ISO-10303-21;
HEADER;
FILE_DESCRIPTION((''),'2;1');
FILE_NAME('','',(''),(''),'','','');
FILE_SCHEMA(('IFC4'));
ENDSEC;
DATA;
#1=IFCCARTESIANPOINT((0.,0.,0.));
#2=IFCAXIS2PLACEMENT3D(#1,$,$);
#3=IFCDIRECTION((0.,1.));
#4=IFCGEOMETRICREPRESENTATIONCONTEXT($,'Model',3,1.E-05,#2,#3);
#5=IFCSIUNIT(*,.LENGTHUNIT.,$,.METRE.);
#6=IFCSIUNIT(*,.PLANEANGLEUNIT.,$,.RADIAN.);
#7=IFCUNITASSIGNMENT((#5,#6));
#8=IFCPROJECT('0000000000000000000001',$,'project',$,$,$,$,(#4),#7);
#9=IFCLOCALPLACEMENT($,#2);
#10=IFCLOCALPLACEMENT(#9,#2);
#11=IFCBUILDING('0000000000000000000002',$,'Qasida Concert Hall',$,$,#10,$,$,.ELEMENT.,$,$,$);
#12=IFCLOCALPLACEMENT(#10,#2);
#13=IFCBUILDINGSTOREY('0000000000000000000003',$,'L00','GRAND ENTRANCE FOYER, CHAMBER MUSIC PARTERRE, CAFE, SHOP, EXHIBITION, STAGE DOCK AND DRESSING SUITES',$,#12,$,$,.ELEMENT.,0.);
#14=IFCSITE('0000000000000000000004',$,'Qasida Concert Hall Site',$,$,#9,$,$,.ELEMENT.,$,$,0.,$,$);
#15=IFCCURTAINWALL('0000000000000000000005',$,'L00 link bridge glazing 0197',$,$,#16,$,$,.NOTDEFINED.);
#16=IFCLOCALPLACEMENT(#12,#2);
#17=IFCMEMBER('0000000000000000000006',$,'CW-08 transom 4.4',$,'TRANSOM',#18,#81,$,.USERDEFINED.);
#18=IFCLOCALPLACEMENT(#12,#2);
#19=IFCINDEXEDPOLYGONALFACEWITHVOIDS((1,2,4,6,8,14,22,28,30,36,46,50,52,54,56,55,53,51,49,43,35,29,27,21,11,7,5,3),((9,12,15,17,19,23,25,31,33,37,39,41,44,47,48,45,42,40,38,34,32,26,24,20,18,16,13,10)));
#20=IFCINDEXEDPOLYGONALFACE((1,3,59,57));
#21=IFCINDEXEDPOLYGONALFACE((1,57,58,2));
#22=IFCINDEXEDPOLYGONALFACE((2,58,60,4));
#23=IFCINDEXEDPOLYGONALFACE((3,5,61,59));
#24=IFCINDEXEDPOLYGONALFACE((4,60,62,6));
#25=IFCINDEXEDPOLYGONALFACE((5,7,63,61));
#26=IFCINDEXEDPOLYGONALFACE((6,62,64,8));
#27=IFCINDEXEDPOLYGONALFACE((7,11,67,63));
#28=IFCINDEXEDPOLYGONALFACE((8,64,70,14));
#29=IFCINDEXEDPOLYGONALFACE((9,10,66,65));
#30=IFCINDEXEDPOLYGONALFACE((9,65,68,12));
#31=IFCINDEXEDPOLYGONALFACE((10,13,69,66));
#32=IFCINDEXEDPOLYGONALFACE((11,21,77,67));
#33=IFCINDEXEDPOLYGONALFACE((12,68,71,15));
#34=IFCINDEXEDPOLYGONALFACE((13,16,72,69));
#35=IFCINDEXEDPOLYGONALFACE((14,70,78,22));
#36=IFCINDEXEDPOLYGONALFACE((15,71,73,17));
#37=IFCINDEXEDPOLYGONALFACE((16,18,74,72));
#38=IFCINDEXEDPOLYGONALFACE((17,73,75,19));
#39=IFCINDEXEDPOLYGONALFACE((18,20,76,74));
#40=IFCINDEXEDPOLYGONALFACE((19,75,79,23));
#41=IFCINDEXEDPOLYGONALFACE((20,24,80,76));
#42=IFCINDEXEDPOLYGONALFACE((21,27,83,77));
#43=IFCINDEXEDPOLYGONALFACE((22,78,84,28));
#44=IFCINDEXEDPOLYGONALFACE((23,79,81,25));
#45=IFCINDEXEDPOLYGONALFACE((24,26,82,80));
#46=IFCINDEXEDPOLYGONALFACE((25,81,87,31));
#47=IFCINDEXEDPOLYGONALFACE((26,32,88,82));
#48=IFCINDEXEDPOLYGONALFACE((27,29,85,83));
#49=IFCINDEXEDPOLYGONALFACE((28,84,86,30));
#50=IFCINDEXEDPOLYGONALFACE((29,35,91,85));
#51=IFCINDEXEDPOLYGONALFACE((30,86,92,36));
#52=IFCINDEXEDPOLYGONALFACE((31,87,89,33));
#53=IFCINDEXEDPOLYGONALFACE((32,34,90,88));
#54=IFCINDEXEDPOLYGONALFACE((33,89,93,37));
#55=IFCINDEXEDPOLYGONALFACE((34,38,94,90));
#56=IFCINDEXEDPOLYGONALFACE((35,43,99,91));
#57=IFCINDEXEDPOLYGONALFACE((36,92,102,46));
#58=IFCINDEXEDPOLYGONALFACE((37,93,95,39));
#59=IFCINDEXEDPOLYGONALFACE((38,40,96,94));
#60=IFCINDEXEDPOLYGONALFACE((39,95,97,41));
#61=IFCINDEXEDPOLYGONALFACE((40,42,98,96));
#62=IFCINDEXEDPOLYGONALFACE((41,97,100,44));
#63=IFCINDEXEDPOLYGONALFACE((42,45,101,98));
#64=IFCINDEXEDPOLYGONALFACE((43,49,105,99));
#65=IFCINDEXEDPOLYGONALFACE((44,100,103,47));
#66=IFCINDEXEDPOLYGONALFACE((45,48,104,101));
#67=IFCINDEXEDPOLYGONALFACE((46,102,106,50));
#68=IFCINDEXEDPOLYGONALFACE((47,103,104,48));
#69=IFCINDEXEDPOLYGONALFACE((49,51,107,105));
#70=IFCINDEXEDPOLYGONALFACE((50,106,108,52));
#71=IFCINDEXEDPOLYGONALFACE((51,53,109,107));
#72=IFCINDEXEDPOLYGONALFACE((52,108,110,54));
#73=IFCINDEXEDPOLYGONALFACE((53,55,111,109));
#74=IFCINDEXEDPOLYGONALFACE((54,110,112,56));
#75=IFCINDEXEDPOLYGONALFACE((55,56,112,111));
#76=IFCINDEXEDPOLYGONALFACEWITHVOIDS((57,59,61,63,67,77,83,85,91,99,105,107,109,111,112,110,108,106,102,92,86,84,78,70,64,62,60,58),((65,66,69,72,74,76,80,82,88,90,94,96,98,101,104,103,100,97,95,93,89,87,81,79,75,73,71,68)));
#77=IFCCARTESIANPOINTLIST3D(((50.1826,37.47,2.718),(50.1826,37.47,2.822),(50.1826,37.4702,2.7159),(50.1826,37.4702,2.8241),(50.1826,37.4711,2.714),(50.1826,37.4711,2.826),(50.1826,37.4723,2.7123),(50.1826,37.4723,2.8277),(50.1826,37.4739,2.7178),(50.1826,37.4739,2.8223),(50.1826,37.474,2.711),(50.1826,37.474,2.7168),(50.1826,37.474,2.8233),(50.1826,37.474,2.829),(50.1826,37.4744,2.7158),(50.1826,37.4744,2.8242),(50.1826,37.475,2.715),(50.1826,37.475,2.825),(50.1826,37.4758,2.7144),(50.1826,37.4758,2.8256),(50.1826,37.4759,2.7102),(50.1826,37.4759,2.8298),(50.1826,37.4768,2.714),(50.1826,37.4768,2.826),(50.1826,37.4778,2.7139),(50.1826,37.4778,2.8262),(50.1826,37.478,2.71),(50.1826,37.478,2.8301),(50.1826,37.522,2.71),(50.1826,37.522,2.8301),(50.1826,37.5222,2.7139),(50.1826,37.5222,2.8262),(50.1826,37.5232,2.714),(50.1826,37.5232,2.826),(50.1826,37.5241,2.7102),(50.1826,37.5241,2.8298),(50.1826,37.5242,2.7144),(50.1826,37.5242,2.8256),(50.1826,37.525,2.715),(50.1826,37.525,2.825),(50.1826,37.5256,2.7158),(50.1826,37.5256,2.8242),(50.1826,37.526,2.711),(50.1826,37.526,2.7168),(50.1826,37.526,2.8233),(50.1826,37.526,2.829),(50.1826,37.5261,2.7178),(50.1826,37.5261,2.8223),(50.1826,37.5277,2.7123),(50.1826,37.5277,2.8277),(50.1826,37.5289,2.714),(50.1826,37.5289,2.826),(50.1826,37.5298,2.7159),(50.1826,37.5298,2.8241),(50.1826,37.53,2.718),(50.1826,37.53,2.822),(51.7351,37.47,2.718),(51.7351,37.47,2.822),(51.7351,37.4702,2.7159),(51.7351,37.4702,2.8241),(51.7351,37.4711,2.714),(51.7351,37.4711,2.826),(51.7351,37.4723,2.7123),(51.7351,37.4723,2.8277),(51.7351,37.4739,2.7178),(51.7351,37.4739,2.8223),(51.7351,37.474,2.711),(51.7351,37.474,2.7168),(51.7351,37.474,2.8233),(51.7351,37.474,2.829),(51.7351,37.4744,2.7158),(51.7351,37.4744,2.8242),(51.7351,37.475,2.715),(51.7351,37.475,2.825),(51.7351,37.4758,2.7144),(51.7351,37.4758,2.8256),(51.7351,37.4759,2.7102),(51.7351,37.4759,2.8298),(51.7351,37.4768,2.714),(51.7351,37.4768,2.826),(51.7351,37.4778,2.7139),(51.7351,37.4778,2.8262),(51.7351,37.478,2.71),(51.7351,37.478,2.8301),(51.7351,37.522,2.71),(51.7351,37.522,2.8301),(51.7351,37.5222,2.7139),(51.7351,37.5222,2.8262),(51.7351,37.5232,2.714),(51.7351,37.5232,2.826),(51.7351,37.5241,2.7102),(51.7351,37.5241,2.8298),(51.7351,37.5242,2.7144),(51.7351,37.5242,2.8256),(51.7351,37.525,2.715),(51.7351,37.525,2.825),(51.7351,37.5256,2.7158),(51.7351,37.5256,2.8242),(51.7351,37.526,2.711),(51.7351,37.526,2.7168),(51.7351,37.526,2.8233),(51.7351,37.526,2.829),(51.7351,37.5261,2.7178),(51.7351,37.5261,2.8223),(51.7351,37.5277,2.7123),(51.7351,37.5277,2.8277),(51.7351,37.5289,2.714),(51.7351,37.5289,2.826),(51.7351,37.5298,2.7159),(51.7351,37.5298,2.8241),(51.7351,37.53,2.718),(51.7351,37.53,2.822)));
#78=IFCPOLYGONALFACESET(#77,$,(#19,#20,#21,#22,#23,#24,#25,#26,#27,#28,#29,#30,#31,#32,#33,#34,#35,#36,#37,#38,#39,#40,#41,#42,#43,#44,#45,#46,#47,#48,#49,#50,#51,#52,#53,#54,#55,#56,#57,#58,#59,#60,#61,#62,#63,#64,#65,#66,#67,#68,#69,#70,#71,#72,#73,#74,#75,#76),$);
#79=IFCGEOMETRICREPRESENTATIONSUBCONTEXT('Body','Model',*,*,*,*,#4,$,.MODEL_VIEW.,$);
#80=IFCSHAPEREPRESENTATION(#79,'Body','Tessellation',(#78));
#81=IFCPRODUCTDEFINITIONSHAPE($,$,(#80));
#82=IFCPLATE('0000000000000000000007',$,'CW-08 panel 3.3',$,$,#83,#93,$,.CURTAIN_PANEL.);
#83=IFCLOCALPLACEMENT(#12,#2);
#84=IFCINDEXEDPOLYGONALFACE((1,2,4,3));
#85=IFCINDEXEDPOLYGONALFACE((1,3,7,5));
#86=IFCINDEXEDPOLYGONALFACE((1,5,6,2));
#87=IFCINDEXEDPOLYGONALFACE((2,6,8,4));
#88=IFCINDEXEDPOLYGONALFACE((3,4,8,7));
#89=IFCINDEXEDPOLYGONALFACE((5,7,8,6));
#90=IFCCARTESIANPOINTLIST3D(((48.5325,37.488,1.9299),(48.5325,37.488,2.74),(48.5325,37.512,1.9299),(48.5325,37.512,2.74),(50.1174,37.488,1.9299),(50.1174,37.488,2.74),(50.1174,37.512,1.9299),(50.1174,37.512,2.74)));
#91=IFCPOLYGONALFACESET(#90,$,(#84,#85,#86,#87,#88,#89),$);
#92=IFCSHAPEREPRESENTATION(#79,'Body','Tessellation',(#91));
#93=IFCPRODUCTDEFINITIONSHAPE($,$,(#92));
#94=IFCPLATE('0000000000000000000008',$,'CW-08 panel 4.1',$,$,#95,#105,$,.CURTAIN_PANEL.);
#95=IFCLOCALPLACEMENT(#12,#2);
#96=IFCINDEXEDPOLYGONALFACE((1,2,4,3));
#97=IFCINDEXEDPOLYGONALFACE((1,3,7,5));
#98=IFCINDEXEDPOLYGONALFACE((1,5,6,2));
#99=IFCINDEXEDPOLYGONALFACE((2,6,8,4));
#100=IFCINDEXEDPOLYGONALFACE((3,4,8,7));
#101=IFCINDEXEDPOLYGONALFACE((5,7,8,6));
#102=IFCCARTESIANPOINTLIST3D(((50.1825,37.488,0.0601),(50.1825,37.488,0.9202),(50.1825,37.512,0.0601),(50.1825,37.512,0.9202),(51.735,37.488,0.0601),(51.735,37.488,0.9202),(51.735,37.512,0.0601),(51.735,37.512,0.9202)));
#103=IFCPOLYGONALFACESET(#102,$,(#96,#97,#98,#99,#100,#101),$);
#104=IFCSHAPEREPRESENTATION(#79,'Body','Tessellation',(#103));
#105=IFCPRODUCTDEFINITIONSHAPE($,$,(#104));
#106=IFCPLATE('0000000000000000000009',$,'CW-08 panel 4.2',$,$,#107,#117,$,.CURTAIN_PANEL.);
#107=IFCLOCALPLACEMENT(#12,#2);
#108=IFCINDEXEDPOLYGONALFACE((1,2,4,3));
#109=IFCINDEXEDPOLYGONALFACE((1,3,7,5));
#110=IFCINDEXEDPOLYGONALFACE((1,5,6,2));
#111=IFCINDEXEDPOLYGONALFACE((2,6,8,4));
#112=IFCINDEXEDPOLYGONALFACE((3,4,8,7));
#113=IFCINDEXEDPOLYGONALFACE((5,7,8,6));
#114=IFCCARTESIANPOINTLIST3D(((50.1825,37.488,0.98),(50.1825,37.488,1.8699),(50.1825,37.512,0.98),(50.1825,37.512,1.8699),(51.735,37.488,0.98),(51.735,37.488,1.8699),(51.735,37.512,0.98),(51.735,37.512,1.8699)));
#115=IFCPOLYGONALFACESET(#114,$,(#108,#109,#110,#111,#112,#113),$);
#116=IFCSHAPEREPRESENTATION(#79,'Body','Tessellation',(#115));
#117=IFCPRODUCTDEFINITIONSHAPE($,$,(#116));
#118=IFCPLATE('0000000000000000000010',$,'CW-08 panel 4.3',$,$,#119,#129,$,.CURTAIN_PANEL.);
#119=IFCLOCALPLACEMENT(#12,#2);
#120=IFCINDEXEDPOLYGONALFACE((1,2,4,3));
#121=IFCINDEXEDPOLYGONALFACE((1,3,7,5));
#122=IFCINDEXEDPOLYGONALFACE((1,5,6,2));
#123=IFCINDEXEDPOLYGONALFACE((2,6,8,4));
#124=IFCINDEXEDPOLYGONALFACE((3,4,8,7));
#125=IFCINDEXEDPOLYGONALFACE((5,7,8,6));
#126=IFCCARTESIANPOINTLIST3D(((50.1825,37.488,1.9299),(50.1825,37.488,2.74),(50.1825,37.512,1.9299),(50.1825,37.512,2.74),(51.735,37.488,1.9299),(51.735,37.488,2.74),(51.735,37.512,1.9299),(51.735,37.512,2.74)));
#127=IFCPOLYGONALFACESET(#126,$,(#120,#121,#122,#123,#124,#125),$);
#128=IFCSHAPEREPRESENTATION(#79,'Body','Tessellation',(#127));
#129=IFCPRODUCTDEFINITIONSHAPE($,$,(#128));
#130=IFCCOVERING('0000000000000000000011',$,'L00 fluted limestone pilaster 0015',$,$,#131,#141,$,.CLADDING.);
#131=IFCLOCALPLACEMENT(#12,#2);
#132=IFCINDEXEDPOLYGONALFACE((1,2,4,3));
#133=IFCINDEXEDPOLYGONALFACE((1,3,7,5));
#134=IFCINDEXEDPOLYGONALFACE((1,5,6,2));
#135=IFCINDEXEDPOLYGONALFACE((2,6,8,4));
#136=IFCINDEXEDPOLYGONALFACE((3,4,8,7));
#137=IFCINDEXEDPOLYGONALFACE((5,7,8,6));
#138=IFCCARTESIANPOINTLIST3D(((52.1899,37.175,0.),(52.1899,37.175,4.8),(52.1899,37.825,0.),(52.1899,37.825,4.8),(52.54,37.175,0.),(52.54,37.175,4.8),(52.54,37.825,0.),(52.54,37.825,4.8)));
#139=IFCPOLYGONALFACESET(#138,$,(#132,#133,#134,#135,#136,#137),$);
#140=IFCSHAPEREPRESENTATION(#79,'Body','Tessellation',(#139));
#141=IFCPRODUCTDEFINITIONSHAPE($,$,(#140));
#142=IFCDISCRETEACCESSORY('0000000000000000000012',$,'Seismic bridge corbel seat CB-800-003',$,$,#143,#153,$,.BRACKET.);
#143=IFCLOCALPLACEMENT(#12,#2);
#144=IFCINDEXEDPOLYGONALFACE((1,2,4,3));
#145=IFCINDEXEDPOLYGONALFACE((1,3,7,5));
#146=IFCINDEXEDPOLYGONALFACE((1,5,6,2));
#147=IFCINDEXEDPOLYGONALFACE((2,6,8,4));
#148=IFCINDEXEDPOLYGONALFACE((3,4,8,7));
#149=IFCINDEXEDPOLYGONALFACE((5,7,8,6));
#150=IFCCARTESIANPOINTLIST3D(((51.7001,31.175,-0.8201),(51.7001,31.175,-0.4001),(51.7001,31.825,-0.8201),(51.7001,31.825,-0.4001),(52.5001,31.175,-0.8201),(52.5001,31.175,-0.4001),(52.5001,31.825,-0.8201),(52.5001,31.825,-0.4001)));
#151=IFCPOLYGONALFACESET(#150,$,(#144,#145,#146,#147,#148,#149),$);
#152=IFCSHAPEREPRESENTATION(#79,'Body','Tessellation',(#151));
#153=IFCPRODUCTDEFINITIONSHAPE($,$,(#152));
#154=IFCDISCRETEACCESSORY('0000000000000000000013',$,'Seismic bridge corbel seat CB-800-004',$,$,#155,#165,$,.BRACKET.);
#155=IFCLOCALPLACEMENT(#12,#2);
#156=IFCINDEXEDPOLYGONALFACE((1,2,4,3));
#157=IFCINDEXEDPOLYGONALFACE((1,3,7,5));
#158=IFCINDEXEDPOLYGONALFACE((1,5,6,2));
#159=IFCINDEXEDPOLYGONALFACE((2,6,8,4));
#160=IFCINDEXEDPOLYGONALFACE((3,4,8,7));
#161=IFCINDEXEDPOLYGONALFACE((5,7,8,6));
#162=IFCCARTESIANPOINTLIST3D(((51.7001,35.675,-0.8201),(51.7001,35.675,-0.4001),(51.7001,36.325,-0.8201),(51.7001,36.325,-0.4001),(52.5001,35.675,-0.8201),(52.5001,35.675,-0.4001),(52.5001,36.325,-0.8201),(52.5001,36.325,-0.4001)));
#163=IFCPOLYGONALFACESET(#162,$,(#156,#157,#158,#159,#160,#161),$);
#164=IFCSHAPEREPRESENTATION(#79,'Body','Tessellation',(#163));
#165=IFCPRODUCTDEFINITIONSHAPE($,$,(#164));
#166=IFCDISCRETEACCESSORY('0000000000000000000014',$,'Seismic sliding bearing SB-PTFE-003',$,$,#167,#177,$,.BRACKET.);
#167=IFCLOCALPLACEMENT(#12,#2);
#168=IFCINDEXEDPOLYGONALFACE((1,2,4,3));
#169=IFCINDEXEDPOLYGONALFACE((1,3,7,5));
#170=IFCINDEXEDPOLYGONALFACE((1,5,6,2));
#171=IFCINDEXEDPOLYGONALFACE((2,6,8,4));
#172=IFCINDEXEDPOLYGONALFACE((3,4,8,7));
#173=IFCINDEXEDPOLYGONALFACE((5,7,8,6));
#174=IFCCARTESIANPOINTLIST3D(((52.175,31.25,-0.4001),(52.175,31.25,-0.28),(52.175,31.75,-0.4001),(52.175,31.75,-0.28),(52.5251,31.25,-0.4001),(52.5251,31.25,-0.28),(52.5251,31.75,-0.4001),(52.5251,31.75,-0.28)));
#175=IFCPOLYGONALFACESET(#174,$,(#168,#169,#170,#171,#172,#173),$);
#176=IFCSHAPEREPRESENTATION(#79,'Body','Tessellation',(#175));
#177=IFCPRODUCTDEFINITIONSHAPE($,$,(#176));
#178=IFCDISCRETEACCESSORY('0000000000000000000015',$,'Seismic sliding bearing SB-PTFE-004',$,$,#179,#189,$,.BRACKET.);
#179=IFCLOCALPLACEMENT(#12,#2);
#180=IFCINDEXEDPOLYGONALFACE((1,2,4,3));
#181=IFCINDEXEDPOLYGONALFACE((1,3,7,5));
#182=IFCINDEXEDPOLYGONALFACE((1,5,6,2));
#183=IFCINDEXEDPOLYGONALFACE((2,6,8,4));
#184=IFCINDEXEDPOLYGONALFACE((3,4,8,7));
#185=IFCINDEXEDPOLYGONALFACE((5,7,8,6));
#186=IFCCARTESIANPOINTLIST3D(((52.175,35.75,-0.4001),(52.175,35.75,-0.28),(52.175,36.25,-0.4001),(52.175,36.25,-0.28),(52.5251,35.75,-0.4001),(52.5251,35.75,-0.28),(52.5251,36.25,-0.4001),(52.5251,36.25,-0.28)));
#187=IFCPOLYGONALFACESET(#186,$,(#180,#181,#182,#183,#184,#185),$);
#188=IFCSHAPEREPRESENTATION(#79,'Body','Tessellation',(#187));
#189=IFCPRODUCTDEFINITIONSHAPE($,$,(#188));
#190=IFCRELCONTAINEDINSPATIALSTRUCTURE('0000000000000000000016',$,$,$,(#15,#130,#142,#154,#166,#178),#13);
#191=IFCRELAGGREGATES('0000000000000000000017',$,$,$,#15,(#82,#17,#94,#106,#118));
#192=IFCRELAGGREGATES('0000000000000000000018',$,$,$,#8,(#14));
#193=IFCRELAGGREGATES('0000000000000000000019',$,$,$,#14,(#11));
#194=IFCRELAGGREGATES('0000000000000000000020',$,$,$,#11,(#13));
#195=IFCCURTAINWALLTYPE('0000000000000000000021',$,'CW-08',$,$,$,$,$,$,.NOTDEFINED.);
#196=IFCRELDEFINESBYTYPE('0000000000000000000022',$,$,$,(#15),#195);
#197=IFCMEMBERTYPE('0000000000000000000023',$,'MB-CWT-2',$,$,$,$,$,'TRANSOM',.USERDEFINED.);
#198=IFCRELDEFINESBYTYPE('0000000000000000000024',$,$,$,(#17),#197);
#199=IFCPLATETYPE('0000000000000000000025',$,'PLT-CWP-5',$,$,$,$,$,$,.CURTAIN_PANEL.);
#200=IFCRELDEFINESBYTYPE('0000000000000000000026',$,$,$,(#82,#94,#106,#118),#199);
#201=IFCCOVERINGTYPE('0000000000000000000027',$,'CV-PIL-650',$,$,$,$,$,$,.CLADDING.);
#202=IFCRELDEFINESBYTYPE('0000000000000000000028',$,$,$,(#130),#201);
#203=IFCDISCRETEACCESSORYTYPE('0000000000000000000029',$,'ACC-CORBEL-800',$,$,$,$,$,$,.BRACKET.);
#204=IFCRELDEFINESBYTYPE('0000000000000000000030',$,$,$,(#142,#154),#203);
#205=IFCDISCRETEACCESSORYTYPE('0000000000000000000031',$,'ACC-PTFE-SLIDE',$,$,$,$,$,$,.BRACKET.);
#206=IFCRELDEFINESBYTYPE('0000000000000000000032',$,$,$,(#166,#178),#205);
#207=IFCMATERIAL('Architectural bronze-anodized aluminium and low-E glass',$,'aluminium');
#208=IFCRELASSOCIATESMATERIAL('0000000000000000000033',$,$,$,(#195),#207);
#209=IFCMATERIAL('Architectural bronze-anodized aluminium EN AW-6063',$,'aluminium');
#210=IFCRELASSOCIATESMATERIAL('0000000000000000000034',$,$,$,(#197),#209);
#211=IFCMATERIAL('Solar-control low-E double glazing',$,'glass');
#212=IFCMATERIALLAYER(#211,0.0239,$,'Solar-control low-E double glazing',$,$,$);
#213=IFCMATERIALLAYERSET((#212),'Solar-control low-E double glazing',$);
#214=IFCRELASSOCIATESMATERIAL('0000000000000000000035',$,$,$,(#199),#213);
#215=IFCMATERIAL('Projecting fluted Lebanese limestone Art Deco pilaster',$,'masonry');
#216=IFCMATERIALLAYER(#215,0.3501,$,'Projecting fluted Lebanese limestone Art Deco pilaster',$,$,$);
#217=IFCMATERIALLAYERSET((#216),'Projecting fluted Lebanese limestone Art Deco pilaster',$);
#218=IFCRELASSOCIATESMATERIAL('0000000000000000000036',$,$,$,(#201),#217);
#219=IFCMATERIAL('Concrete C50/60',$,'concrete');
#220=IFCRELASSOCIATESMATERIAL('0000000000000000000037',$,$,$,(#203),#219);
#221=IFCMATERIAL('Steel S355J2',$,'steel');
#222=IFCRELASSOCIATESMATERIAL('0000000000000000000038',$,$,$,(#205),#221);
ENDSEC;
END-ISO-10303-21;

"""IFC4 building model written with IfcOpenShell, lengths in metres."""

from ifc_helpers import new_model, si_unit, direction, frame, origin, origin_2d, place, context, subcontext, project, spatial, rectangle, hollow_rectangle, extrude, material, layer, layer_set, material_profile, profile_set, type_object, element, aggregate, save


model = new_model("IFC4")

# Units and contexts
model_context = context("Model", 3, precision=1e-05, world=origin(), true_north=direction((0.0, 1.0)))
body_context = subcontext(model_context, "Body", "Model", "MODEL_VIEW")
ifc_project = project(units=[si_unit("LENGTHUNIT", "METRE"), si_unit("PLANEANGLEUNIT", "RADIAN")], contexts=[model_context])

# Site, building, storey
site_placement = place(None, origin())
site = spatial("IfcSite", under=ifc_project, at=site_placement, Name="Qasida Concert Hall Site", CompositionType="ELEMENT", RefElevation=0.0)
building_placement = place(site_placement, origin())
building = spatial("IfcBuilding", under=site, at=building_placement, Name="Qasida Concert Hall", CompositionType="ELEMENT")
storey_placement = place(building_placement, origin())
storey = spatial("IfcBuildingStorey", under=building, at=storey_placement, Name="L00", Description="GRAND ENTRANCE FOYER, CHAMBER MUSIC PARTERRE, CAFE, SHOP, EXHIBITION, STAGE DOCK AND DRESSING SUITES", CompositionType="ELEMENT", Elevation=0.0)

# Shared definitions
ifc_material_1 = material(Name="Concrete C50/60", Category="concrete")

# Shared definitions
ifc_material_2 = material(Name="Architectural bronze-anodized aluminium and low-E glass", Category="aluminium")
ifc_material_3 = material(Name="Architectural bronze-anodized aluminium EN AW-6063", Category="aluminium")

# Curtain wall
curtain_wall_type_1 = type_object("IfcCurtainWallType", Name="CW-08", PredefinedType="NOTDEFINED", material=ifc_material_2)
curtain_wall_1_placement = place(storey_placement, origin())
curtain_wall_1 = element("IfcCurtainWall", 1, at=curtain_wall_1_placement, inside=storey, type_object=curtain_wall_type_1, Name="L00 link bridge glazing 0197", PredefinedType="NOTDEFINED")

# Member
ifc_material_profile_1 = material_profile(ifc_material_3, hollow_rectangle(XDim=0.0601, YDim=0.1201, WallThickness=0.0039, InnerFilletRadius=0.0039, OuterFilletRadius=0.0081, at=origin_2d()), Name="CWT 120x60x4")
ifc_profile_set_1 = profile_set([ifc_material_profile_1], Name="Architectural bronze-anodized aluminium EN AW-6063")
member_type_1 = type_object("IfcMemberType", Name="MB-CWT-2", ElementType="TRANSOM", PredefinedType="USERDEFINED", material=ifc_profile_set_1)
member_1_placement = place(storey_placement, frame((50.1826, 37.5, 2.77), z_axis=(1.0, 0.0, 0.0), x_axis=(0.0, 1.0, 0.0)))
member_1 = element("IfcMember", 2, at=member_1_placement, type_object=member_type_1, Name="CW-08 transom 4.4", ObjectType="TRANSOM", PredefinedType="USERDEFINED", context=body_context, shape_type="SweptSolid", body=[
    extrude(hollow_rectangle(XDim=0.0601, YDim=0.1201, WallThickness=0.0039, InnerFilletRadius=0.0039, OuterFilletRadius=0.0081, at=origin_2d()), origin(), (0.0, 0.0, 1.0), 1.5525),
])

# Plates
ifc_material_4 = material(Name="Solar-control low-E double glazing", Category="glass")
ifc_layer_1 = layer(ifc_material_4, 0.0239, Name="Solar-control low-E double glazing")
ifc_layer_set_1 = layer_set([ifc_layer_1], Name="Solar-control low-E double glazing")
plate_type = type_object("IfcPlateType", Name="PLT-CWP-5", PredefinedType="CURTAIN_PANEL", material=ifc_layer_set_1)
plate_1_placement = place(storey_placement, frame((49.325, 37.5, 1.9299), z_axis=(0.0, 0.0, 1.0), x_axis=(1.0, 0.0, 0.0)))
plate_1 = element("IfcPlate", 3, at=plate_1_placement, type_object=plate_type, Name="CW-08 panel 3.3", PredefinedType="CURTAIN_PANEL", context=body_context, shape_type="SweptSolid", body=[
    extrude(rectangle(XDim=1.585, YDim=0.0239, at=origin_2d()), origin(), (0.0, 0.0, 1.0), 0.8101),
])
plate_2_placement = place(storey_placement, frame((50.9587, 37.5, 0.0601), z_axis=(0.0, 0.0, 1.0), x_axis=(1.0, 0.0, 0.0)))
plate_2 = element("IfcPlate", 4, at=plate_2_placement, type_object=plate_type, Name="CW-08 panel 4.1", PredefinedType="CURTAIN_PANEL", context=body_context, shape_type="SweptSolid", body=[
    extrude(rectangle(XDim=1.5525, YDim=0.0239, at=origin_2d()), origin(), (0.0, 0.0, 1.0), 0.8601),
])
plate_3_placement = place(storey_placement, frame((50.9587, 37.5, 0.98), z_axis=(0.0, 0.0, 1.0), x_axis=(1.0, 0.0, 0.0)))
plate_3 = element("IfcPlate", 5, at=plate_3_placement, type_object=plate_type, Name="CW-08 panel 4.2", PredefinedType="CURTAIN_PANEL", context=body_context, shape_type="SweptSolid", body=[
    extrude(rectangle(XDim=1.5525, YDim=0.0239, at=origin_2d()), origin(), (0.0, 0.0, 1.0), 0.8899),
])
plate_4_placement = place(storey_placement, frame((50.9587, 37.5, 1.9299), z_axis=(0.0, 0.0, 1.0), x_axis=(1.0, 0.0, 0.0)))
plate_4 = element("IfcPlate", 6, at=plate_4_placement, type_object=plate_type, Name="CW-08 panel 4.3", PredefinedType="CURTAIN_PANEL", context=body_context, shape_type="SweptSolid", body=[
    extrude(rectangle(XDim=1.5525, YDim=0.0239, at=origin_2d()), origin(), (0.0, 0.0, 1.0), 0.8101),
])
aggregate(curtain_wall_1, [plate_1, member_1, plate_2, plate_3, plate_4])

# Covering
ifc_material_5 = material(Name="Projecting fluted Lebanese limestone Art Deco pilaster", Category="masonry")
ifc_layer_2 = layer(ifc_material_5, 0.3501, Name="Projecting fluted Lebanese limestone Art Deco pilaster")
ifc_layer_set_2 = layer_set([ifc_layer_2], Name="Projecting fluted Lebanese limestone Art Deco pilaster")
covering_type = type_object("IfcCoveringType", Name="CV-PIL-650", PredefinedType="CLADDING", material=ifc_layer_set_2)
covering_placement = place(storey_placement, frame((52.365, 37.5, 0.0), z_axis=(0.0, 0.0, 1.0), x_axis=(1.0, 0.0, 0.0)))
element("IfcCovering", 7, at=covering_placement, inside=storey, type_object=covering_type, Name="L00 fluted limestone pilaster 0015", PredefinedType="CLADDING", context=body_context, shape_type="SweptSolid", body=[
    extrude(rectangle(XDim=0.3501, YDim=0.6499, at=origin_2d()), origin(), (0.0, 0.0, 1.0), 4.8),
])

# Discrete accessories
discrete_accessory_type_1 = type_object("IfcDiscreteAccessoryType", Name="ACC-CORBEL-800", PredefinedType="BRACKET", material=ifc_material_1)
for number, where, z_axis, x_axis, name in (
    (8, (52.1001, 31.5, -0.8201), (0.0, 0.0, 1.0), (1.0, 0.0, 0.0), "Seismic bridge corbel seat CB-800-003"),
    (9, (52.1001, 36.0, -0.8201), (0.0, 0.0, 1.0), (1.0, 0.0, 0.0), "Seismic bridge corbel seat CB-800-004"),
):
    element("IfcDiscreteAccessory", number, at=place(storey_placement, frame(where, z_axis=z_axis, x_axis=x_axis)), inside=storey, type_object=discrete_accessory_type_1, Name=name, PredefinedType="BRACKET", context=body_context, shape_type="SweptSolid", body=[
        extrude(rectangle(XDim=0.8, YDim=0.6499, at=origin_2d()), origin(), (0.0, 0.0, 1.0), 0.4199),
    ])
ifc_material_6 = material(Name="Steel S355J2", Category="steel")
discrete_accessory_type_2 = type_object("IfcDiscreteAccessoryType", Name="ACC-PTFE-SLIDE", PredefinedType="BRACKET", material=ifc_material_6)
for number, where, z_axis, x_axis, name in (
    (10, (52.3501, 31.5, -0.4001), (0.0, 0.0, 1.0), (1.0, 0.0, 0.0), "Seismic sliding bearing SB-PTFE-003"),
    (11, (52.3501, 36.0, -0.4001), (0.0, 0.0, 1.0), (1.0, 0.0, 0.0), "Seismic sliding bearing SB-PTFE-004"),
):
    element("IfcDiscreteAccessory", number, at=place(storey_placement, frame(where, z_axis=z_axis, x_axis=x_axis)), inside=storey, type_object=discrete_accessory_type_2, Name=name, PredefinedType="BRACKET", context=body_context, shape_type="SweptSolid", body=[
        extrude(rectangle(XDim=0.3501, YDim=0.5, at=origin_2d()), origin(), (0.0, 0.0, 1.0), 0.1201),
    ])

save(model, "model.ifc")
